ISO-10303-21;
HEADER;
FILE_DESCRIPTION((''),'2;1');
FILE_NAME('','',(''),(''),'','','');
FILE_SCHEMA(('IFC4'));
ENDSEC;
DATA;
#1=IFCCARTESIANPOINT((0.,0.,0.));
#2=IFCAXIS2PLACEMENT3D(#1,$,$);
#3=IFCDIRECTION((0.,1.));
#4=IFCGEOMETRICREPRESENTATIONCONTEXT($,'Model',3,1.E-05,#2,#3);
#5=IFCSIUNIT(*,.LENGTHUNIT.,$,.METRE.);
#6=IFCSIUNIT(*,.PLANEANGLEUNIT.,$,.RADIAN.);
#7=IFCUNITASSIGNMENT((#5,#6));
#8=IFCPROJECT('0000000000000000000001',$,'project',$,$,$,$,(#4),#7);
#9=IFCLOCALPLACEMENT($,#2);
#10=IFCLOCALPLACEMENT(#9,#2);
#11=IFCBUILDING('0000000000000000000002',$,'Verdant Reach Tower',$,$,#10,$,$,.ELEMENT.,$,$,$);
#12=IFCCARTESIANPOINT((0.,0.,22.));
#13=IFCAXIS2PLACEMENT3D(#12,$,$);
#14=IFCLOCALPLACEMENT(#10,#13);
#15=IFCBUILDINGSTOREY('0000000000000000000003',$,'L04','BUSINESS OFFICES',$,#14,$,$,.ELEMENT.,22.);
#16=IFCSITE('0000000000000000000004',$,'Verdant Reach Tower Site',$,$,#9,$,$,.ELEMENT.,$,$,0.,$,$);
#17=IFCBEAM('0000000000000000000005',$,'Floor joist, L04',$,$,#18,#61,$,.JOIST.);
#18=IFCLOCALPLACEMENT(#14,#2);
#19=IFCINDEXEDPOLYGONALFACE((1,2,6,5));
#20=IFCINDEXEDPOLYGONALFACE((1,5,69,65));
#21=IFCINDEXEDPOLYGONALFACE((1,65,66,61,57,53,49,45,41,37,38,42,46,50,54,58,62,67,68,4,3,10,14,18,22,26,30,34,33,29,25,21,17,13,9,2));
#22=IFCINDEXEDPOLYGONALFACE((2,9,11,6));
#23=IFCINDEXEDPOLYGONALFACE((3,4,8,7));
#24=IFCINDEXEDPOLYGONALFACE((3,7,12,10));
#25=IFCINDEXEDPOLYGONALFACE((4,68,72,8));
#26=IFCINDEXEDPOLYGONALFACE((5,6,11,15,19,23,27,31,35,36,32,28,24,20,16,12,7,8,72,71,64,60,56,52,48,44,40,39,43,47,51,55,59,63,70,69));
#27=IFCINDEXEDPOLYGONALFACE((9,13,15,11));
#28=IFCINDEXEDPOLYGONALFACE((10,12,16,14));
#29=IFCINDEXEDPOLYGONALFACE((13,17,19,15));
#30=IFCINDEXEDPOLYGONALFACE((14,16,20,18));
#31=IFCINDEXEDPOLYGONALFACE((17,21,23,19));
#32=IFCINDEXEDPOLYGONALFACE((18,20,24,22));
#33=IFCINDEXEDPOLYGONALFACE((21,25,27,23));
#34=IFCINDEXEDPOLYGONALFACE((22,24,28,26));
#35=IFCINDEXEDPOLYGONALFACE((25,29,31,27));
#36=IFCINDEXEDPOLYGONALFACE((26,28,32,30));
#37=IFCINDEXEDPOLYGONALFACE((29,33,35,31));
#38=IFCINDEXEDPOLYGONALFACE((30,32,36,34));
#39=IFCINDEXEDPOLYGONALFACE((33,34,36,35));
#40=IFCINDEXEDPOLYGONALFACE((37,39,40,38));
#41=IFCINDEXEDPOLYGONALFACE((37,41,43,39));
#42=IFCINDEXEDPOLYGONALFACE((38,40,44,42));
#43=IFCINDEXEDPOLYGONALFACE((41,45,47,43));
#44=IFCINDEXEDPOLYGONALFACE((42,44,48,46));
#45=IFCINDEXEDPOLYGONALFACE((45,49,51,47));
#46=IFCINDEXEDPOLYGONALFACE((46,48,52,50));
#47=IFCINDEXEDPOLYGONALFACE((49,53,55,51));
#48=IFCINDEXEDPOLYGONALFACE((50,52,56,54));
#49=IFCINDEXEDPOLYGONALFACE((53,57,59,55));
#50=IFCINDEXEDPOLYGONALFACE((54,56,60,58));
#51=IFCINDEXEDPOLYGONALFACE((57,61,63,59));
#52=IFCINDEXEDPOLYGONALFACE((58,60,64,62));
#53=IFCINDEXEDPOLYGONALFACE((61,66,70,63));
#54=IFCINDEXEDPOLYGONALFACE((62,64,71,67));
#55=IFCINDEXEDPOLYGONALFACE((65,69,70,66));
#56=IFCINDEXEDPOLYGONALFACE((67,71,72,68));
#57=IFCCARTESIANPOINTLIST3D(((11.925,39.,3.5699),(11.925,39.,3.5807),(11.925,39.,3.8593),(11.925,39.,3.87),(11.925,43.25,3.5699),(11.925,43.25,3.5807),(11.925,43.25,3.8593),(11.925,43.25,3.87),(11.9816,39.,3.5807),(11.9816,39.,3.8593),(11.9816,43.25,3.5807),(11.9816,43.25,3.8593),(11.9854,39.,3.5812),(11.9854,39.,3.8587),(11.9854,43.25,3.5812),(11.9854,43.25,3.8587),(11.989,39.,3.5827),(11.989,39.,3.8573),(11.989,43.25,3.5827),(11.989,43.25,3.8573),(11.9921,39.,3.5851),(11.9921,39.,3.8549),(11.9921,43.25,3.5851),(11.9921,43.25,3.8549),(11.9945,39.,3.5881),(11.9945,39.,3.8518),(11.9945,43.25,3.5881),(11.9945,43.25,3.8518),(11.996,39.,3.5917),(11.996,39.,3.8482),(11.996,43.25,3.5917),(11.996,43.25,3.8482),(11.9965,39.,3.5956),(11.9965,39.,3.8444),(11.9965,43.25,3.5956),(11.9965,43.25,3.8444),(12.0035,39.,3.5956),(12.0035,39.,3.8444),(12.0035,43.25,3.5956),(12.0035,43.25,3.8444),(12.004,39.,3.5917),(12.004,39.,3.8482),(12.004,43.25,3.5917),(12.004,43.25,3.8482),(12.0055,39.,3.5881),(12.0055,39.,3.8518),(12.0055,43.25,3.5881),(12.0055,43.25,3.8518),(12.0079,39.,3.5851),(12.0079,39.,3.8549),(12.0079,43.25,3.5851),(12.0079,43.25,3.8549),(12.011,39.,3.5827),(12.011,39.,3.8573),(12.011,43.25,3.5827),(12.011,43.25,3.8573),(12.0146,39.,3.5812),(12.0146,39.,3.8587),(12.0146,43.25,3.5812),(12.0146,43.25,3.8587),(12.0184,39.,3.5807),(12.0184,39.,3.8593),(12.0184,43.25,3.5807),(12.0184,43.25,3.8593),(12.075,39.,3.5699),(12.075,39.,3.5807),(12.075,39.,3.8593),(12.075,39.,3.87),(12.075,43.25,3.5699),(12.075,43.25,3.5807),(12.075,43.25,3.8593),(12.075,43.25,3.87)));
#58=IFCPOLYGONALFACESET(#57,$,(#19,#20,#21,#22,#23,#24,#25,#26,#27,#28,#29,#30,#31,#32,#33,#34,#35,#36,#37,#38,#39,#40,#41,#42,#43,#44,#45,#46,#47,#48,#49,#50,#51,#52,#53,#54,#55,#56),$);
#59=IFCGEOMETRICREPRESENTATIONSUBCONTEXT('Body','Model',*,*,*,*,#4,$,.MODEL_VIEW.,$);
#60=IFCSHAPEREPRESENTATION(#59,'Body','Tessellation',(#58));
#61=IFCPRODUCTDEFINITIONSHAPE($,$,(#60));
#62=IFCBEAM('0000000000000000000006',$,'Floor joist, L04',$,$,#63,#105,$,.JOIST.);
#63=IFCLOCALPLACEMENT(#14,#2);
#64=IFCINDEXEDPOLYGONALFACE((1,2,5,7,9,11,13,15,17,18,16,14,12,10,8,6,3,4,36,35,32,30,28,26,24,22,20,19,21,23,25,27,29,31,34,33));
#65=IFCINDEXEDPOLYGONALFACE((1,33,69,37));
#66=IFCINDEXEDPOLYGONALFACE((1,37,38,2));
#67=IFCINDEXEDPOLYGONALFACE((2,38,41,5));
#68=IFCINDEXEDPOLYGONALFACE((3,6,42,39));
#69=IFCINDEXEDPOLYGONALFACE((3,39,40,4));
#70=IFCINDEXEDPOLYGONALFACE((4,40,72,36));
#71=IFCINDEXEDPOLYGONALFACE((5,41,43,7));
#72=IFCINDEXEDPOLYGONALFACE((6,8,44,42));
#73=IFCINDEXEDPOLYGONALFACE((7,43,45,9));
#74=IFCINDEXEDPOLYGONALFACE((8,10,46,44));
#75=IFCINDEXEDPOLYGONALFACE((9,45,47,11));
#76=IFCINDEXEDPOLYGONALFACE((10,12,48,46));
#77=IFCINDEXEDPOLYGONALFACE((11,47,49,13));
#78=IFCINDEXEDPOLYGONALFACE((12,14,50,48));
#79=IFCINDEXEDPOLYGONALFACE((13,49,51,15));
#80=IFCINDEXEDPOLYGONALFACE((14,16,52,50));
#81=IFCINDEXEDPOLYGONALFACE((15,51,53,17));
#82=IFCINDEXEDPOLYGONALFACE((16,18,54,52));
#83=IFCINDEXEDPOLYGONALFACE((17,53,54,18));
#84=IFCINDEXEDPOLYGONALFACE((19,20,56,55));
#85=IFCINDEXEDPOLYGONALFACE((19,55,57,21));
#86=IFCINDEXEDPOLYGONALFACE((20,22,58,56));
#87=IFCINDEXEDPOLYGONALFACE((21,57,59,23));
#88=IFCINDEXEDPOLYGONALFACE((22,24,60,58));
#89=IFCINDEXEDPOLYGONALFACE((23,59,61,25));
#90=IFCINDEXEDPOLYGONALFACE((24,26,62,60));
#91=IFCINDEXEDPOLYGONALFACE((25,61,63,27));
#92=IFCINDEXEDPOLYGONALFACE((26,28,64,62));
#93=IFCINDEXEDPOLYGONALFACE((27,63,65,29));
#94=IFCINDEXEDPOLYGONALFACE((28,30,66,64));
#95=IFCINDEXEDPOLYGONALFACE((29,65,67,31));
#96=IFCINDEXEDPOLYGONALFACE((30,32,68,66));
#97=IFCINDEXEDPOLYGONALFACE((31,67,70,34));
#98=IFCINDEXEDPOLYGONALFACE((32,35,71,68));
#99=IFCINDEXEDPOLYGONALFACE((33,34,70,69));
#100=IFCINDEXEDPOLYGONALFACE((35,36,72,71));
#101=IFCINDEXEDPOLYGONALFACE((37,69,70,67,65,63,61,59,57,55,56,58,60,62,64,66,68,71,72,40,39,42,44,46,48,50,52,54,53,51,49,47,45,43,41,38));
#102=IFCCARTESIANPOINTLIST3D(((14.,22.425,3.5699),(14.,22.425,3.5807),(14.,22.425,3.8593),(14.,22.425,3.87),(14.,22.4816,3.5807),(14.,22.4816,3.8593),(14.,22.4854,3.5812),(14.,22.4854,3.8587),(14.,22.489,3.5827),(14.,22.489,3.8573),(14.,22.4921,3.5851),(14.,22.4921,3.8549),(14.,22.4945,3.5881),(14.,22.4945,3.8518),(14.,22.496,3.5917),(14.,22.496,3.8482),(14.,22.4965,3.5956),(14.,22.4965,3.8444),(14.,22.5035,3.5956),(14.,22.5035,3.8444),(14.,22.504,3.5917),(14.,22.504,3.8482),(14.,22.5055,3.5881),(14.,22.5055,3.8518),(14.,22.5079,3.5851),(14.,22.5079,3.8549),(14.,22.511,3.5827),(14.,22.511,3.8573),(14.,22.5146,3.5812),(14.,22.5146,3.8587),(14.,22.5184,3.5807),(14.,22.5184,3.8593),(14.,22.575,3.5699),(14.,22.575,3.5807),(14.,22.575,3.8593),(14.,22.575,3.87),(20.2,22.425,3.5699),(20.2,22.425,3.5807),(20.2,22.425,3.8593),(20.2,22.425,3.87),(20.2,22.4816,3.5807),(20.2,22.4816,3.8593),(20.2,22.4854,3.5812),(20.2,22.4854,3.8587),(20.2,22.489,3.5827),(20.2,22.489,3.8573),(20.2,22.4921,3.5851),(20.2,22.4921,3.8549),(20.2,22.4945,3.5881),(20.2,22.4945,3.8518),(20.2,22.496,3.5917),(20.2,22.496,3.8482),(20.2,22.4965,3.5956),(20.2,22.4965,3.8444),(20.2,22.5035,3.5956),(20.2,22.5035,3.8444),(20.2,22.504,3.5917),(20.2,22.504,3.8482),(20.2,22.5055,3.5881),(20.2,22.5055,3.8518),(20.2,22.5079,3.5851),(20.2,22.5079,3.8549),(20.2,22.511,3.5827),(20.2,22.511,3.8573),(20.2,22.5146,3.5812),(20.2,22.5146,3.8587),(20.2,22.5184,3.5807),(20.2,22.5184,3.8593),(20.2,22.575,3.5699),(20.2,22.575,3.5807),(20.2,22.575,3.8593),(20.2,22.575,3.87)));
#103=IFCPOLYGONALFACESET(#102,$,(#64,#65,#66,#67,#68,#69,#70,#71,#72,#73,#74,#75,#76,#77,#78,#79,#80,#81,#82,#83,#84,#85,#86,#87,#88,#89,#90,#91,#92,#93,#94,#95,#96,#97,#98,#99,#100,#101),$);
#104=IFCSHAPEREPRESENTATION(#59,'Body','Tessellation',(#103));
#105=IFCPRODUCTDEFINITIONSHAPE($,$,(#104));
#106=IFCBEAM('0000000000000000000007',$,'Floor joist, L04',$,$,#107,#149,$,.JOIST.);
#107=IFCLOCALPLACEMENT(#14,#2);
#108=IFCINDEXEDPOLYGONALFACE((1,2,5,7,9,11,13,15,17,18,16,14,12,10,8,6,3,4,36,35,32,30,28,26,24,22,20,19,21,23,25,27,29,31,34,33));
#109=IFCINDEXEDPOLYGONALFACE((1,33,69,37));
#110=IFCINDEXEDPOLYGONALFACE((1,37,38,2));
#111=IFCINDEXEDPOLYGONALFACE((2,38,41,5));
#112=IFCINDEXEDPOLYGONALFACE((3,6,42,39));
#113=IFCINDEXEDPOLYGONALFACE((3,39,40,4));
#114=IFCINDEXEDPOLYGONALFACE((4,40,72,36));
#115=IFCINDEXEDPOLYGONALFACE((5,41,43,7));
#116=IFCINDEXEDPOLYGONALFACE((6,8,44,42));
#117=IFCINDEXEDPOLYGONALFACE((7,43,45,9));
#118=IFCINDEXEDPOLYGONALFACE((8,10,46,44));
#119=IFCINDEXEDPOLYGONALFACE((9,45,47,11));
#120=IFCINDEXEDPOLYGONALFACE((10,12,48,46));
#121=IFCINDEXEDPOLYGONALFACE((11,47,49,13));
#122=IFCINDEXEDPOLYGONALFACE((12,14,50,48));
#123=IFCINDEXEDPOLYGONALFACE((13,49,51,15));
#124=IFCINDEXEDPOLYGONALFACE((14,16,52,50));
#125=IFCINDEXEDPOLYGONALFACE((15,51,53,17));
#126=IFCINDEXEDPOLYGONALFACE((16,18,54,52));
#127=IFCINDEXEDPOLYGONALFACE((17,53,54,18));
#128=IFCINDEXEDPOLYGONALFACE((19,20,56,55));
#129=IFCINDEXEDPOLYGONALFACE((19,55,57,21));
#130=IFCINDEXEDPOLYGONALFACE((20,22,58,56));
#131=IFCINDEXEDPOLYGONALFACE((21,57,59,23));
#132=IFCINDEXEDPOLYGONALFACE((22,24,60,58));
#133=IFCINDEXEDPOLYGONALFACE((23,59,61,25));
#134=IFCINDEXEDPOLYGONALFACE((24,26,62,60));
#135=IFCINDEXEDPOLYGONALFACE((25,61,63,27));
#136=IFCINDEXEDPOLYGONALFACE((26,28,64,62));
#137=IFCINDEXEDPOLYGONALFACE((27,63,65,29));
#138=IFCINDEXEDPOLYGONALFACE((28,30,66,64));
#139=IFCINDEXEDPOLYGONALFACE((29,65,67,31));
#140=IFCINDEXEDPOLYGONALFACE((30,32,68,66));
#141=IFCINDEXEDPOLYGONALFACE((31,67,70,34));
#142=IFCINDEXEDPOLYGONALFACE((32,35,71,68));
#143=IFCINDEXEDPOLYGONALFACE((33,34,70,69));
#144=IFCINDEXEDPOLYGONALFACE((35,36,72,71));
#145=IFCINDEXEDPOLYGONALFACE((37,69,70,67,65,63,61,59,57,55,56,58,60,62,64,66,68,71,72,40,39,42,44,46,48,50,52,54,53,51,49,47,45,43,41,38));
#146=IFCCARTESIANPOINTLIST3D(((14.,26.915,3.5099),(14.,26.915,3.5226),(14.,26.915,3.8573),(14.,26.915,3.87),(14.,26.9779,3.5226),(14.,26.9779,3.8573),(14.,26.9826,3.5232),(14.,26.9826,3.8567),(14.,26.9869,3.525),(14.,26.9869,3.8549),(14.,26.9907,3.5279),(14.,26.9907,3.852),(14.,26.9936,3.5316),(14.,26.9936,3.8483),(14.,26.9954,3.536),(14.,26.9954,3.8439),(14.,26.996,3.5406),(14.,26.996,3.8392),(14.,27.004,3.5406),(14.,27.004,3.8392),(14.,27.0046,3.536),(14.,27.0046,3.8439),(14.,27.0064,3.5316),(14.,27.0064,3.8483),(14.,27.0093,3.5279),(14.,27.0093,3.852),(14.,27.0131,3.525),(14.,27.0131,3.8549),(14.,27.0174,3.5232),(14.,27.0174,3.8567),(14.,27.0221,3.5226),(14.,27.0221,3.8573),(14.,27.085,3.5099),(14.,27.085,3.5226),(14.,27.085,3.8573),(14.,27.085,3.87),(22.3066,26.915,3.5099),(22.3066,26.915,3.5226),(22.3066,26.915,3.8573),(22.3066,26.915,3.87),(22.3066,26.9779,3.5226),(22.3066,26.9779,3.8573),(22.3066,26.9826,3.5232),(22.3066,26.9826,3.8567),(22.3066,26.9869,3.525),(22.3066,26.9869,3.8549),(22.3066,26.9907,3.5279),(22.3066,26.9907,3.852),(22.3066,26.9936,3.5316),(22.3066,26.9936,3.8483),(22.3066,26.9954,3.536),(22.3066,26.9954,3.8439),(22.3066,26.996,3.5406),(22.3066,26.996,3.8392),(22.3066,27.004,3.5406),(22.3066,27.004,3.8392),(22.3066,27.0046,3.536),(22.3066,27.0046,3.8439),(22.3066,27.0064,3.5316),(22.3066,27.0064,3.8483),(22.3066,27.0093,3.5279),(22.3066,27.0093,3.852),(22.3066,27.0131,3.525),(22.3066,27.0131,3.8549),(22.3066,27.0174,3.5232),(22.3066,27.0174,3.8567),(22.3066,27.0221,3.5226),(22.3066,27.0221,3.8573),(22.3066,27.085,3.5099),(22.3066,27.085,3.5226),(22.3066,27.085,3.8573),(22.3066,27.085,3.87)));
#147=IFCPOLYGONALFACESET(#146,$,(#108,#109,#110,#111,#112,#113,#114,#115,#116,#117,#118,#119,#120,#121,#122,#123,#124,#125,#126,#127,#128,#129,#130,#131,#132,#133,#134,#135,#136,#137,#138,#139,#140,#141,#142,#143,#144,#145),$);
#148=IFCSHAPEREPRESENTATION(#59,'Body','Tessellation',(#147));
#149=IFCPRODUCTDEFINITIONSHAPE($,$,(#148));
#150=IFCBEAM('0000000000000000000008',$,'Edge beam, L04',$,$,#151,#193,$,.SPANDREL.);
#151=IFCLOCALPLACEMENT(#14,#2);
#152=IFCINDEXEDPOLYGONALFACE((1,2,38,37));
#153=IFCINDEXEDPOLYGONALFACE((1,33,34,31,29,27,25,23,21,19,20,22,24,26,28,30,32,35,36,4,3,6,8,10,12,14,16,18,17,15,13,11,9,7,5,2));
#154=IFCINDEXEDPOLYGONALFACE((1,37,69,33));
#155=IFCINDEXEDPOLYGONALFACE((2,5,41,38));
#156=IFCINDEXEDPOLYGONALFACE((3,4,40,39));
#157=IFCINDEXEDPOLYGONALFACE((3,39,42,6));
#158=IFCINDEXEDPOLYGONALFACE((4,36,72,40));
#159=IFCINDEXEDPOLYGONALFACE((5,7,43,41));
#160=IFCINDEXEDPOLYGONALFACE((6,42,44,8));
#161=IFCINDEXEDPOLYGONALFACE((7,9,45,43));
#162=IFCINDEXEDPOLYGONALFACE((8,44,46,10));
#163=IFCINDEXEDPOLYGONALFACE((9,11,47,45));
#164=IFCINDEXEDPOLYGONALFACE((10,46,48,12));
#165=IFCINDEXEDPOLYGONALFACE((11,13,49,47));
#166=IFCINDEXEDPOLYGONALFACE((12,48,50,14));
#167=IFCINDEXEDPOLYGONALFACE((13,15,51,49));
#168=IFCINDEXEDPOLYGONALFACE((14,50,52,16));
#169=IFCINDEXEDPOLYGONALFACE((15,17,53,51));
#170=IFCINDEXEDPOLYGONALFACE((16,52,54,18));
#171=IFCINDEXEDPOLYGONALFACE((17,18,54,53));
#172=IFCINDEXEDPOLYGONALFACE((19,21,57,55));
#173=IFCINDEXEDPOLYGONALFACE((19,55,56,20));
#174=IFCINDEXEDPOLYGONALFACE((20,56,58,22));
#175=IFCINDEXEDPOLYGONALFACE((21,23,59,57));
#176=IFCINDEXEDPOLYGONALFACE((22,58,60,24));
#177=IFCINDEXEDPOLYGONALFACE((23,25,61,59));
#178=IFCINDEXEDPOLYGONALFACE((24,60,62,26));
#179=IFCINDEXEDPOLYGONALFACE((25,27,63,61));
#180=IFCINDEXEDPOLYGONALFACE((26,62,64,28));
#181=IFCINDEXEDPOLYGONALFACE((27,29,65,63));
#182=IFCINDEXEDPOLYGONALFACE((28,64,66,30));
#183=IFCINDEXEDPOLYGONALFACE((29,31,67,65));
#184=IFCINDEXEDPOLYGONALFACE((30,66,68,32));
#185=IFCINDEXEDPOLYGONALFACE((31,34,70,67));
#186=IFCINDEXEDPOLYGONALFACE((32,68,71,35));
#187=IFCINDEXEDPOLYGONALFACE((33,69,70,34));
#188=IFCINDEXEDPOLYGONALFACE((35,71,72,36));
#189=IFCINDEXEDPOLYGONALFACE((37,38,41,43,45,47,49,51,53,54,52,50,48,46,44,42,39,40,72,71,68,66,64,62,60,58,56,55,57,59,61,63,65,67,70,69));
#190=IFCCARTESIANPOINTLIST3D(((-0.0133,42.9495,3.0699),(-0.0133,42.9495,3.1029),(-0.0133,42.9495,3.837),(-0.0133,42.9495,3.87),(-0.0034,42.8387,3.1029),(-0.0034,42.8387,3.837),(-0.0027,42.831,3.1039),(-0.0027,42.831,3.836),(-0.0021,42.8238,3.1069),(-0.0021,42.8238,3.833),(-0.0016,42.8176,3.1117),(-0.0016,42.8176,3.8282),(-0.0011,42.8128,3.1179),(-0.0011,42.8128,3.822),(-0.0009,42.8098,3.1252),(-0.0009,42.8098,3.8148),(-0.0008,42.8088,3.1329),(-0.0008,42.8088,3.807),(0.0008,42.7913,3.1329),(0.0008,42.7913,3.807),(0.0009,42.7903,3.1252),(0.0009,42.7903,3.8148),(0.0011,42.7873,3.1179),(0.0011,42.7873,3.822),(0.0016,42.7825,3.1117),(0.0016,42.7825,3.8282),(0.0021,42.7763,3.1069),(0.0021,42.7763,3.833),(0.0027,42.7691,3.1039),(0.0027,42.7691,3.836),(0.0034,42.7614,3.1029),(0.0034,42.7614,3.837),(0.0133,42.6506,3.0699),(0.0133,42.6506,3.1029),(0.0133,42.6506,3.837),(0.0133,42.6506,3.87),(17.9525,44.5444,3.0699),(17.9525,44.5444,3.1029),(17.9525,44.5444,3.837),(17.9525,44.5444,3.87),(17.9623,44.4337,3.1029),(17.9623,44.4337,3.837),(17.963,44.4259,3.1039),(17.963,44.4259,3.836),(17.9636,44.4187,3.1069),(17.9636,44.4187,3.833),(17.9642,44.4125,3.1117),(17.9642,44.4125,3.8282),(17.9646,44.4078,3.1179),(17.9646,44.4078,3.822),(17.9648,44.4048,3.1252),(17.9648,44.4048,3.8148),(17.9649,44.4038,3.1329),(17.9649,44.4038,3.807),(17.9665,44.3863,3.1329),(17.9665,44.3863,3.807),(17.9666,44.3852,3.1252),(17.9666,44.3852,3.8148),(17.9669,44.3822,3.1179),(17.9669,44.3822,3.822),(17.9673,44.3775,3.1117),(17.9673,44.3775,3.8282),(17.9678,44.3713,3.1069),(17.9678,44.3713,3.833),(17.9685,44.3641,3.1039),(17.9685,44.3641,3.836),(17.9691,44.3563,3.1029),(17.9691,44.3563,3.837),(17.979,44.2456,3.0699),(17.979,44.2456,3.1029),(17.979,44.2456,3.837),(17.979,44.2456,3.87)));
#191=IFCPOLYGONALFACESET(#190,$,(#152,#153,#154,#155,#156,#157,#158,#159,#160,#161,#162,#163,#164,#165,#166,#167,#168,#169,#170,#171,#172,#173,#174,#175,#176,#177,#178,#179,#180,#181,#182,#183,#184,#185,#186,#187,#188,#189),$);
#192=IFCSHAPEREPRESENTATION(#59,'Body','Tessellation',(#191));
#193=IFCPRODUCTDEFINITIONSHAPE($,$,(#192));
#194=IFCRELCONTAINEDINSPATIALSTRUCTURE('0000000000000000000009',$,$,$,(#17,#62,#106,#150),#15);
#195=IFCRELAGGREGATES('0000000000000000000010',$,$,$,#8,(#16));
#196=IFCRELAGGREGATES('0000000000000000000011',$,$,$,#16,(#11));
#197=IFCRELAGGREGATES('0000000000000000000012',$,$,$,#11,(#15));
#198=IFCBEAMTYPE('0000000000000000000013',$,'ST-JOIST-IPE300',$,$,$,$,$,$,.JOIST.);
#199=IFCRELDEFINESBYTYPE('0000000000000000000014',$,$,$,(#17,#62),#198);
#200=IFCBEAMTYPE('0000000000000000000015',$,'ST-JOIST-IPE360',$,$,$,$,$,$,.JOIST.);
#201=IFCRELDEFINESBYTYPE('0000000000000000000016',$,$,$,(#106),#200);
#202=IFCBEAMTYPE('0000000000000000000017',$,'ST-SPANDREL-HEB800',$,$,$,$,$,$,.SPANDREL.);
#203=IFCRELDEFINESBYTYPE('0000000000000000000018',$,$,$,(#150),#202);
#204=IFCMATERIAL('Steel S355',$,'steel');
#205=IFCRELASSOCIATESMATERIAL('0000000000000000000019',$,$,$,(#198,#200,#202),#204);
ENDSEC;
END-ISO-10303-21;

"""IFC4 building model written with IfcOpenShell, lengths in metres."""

from ifc_helpers import new_model, si_unit, direction, frame, origin, origin_2d, place, context, subcontext, project, spatial, i_section, extrude, material, material_profile, profile_set, type_object, element, save


model = new_model("IFC4")

# Units and contexts
model_context = context("Model", 3, precision=1e-05, world=origin(), true_north=direction((0.0, 1.0)))
body_context = subcontext(model_context, "Body", "Model", "MODEL_VIEW")
ifc_project = project(units=[si_unit("LENGTHUNIT", "METRE"), si_unit("PLANEANGLEUNIT", "RADIAN")], contexts=[model_context])

# Site, building, storey
site_placement = place(None, origin())
site = spatial("IfcSite", under=ifc_project, at=site_placement, Name="Verdant Reach Tower Site", CompositionType="ELEMENT", RefElevation=0.0)
building_placement = place(site_placement, origin())
building = spatial("IfcBuilding", under=site, at=building_placement, Name="Verdant Reach Tower", CompositionType="ELEMENT")
storey_placement = place(building_placement, frame((0.0, 0.0, 22.0)))
storey = spatial("IfcBuildingStorey", under=building, at=storey_placement, Name="L04", Description="BUSINESS OFFICES", CompositionType="ELEMENT", Elevation=22.0)

# Beams
ifc_material_1 = material(Name="Steel S355", Category="steel")
ifc_material_profile_1 = material_profile(ifc_material_1, i_section(OverallWidth=0.1499, OverallDepth=0.3, WebThickness=0.0071, FlangeThickness=0.0107, FilletRadius=0.0149, at=origin_2d()), Name="IPE 300")
ifc_profile_set_1 = profile_set([ifc_material_profile_1], Name="Steel S355")
beam_type_1 = type_object("IfcBeamType", Name="ST-JOIST-IPE300", PredefinedType="JOIST", material=ifc_profile_set_1)
beam_1_placement = place(storey_placement, frame((12.0, 39.0, 3.72), z_axis=(0.0, 1.0, 0.0), x_axis=(-1.0, 0.0, 0.0)))
element("IfcBeam", 1, at=beam_1_placement, inside=storey, type_object=beam_type_1, Name="Floor joist, L04", PredefinedType="JOIST", context=body_context, shape_type="SweptSolid", body=[
    extrude(i_section(OverallWidth=0.1499, OverallDepth=0.3, WebThickness=0.0071, FlangeThickness=0.0107, FilletRadius=0.0149, at=origin_2d()), origin(), (0.0, 0.0, 1.0), 4.25),
])
beam_2_placement = place(storey_placement, frame((14.0, 22.5, 3.72), z_axis=(1.0, 0.0, 0.0), x_axis=(0.0, 1.0, 0.0)))
element("IfcBeam", 2, at=beam_2_placement, inside=storey, type_object=beam_type_1, Name="Floor joist, L04", PredefinedType="JOIST", context=body_context, shape_type="SweptSolid", body=[
    extrude(i_section(OverallWidth=0.1499, OverallDepth=0.3, WebThickness=0.0071, FlangeThickness=0.0107, FilletRadius=0.0149, at=origin_2d()), origin(), (0.0, 0.0, 1.0), 6.2),
])
ifc_material_profile_2 = material_profile(ifc_material_1, i_section(OverallWidth=0.1699, OverallDepth=0.3601, WebThickness=0.0081, FlangeThickness=0.0127, FilletRadius=0.0181, at=origin_2d()), Name="IPE 360")
ifc_profile_set_2 = profile_set([ifc_material_profile_2], Name="Steel S355")
beam_type_2 = type_object("IfcBeamType", Name="ST-JOIST-IPE360", PredefinedType="JOIST", material=ifc_profile_set_2)
beam_3_placement = place(storey_placement, frame((14.0, 27.0, 3.6899), z_axis=(1.0, 0.0, 0.0), x_axis=(0.0, 1.0, 0.0)))
element("IfcBeam", 3, at=beam_3_placement, inside=storey, type_object=beam_type_2, Name="Floor joist, L04", PredefinedType="JOIST", context=body_context, shape_type="SweptSolid", body=[
    extrude(i_section(OverallWidth=0.1699, OverallDepth=0.3601, WebThickness=0.0081, FlangeThickness=0.0127, FilletRadius=0.0181, at=origin_2d()), origin(), (0.0, 0.0, 1.0), 8.3066),
])
ifc_material_profile_3 = material_profile(ifc_material_1, i_section(OverallWidth=0.3, OverallDepth=0.8, WebThickness=0.0176, FlangeThickness=0.033, FilletRadius=0.03, at=origin_2d()), Name="HEB 800")
ifc_profile_set_3 = profile_set([ifc_material_profile_3], Name="Steel S355")
beam_type_3 = type_object("IfcBeamType", Name="ST-SPANDREL-HEB800", PredefinedType="SPANDREL", material=ifc_profile_set_3)
beam_4_placement = place(storey_placement, frame((0.0, 42.8, 3.47), z_axis=(0.996082, 0.08843, 0.0), x_axis=(-0.08843, 0.996082, 0.0)))
element("IfcBeam", 4, at=beam_4_placement, inside=storey, type_object=beam_type_3, Name="Edge beam, L04", PredefinedType="SPANDREL", context=body_context, shape_type="SweptSolid", body=[
    extrude(i_section(OverallWidth=0.3, OverallDepth=0.8, WebThickness=0.0176, FlangeThickness=0.033, FilletRadius=0.03, at=origin_2d()), origin(), (0.0, 0.0, 1.0), 18.0364),
])

save(model, "model.ifc")
